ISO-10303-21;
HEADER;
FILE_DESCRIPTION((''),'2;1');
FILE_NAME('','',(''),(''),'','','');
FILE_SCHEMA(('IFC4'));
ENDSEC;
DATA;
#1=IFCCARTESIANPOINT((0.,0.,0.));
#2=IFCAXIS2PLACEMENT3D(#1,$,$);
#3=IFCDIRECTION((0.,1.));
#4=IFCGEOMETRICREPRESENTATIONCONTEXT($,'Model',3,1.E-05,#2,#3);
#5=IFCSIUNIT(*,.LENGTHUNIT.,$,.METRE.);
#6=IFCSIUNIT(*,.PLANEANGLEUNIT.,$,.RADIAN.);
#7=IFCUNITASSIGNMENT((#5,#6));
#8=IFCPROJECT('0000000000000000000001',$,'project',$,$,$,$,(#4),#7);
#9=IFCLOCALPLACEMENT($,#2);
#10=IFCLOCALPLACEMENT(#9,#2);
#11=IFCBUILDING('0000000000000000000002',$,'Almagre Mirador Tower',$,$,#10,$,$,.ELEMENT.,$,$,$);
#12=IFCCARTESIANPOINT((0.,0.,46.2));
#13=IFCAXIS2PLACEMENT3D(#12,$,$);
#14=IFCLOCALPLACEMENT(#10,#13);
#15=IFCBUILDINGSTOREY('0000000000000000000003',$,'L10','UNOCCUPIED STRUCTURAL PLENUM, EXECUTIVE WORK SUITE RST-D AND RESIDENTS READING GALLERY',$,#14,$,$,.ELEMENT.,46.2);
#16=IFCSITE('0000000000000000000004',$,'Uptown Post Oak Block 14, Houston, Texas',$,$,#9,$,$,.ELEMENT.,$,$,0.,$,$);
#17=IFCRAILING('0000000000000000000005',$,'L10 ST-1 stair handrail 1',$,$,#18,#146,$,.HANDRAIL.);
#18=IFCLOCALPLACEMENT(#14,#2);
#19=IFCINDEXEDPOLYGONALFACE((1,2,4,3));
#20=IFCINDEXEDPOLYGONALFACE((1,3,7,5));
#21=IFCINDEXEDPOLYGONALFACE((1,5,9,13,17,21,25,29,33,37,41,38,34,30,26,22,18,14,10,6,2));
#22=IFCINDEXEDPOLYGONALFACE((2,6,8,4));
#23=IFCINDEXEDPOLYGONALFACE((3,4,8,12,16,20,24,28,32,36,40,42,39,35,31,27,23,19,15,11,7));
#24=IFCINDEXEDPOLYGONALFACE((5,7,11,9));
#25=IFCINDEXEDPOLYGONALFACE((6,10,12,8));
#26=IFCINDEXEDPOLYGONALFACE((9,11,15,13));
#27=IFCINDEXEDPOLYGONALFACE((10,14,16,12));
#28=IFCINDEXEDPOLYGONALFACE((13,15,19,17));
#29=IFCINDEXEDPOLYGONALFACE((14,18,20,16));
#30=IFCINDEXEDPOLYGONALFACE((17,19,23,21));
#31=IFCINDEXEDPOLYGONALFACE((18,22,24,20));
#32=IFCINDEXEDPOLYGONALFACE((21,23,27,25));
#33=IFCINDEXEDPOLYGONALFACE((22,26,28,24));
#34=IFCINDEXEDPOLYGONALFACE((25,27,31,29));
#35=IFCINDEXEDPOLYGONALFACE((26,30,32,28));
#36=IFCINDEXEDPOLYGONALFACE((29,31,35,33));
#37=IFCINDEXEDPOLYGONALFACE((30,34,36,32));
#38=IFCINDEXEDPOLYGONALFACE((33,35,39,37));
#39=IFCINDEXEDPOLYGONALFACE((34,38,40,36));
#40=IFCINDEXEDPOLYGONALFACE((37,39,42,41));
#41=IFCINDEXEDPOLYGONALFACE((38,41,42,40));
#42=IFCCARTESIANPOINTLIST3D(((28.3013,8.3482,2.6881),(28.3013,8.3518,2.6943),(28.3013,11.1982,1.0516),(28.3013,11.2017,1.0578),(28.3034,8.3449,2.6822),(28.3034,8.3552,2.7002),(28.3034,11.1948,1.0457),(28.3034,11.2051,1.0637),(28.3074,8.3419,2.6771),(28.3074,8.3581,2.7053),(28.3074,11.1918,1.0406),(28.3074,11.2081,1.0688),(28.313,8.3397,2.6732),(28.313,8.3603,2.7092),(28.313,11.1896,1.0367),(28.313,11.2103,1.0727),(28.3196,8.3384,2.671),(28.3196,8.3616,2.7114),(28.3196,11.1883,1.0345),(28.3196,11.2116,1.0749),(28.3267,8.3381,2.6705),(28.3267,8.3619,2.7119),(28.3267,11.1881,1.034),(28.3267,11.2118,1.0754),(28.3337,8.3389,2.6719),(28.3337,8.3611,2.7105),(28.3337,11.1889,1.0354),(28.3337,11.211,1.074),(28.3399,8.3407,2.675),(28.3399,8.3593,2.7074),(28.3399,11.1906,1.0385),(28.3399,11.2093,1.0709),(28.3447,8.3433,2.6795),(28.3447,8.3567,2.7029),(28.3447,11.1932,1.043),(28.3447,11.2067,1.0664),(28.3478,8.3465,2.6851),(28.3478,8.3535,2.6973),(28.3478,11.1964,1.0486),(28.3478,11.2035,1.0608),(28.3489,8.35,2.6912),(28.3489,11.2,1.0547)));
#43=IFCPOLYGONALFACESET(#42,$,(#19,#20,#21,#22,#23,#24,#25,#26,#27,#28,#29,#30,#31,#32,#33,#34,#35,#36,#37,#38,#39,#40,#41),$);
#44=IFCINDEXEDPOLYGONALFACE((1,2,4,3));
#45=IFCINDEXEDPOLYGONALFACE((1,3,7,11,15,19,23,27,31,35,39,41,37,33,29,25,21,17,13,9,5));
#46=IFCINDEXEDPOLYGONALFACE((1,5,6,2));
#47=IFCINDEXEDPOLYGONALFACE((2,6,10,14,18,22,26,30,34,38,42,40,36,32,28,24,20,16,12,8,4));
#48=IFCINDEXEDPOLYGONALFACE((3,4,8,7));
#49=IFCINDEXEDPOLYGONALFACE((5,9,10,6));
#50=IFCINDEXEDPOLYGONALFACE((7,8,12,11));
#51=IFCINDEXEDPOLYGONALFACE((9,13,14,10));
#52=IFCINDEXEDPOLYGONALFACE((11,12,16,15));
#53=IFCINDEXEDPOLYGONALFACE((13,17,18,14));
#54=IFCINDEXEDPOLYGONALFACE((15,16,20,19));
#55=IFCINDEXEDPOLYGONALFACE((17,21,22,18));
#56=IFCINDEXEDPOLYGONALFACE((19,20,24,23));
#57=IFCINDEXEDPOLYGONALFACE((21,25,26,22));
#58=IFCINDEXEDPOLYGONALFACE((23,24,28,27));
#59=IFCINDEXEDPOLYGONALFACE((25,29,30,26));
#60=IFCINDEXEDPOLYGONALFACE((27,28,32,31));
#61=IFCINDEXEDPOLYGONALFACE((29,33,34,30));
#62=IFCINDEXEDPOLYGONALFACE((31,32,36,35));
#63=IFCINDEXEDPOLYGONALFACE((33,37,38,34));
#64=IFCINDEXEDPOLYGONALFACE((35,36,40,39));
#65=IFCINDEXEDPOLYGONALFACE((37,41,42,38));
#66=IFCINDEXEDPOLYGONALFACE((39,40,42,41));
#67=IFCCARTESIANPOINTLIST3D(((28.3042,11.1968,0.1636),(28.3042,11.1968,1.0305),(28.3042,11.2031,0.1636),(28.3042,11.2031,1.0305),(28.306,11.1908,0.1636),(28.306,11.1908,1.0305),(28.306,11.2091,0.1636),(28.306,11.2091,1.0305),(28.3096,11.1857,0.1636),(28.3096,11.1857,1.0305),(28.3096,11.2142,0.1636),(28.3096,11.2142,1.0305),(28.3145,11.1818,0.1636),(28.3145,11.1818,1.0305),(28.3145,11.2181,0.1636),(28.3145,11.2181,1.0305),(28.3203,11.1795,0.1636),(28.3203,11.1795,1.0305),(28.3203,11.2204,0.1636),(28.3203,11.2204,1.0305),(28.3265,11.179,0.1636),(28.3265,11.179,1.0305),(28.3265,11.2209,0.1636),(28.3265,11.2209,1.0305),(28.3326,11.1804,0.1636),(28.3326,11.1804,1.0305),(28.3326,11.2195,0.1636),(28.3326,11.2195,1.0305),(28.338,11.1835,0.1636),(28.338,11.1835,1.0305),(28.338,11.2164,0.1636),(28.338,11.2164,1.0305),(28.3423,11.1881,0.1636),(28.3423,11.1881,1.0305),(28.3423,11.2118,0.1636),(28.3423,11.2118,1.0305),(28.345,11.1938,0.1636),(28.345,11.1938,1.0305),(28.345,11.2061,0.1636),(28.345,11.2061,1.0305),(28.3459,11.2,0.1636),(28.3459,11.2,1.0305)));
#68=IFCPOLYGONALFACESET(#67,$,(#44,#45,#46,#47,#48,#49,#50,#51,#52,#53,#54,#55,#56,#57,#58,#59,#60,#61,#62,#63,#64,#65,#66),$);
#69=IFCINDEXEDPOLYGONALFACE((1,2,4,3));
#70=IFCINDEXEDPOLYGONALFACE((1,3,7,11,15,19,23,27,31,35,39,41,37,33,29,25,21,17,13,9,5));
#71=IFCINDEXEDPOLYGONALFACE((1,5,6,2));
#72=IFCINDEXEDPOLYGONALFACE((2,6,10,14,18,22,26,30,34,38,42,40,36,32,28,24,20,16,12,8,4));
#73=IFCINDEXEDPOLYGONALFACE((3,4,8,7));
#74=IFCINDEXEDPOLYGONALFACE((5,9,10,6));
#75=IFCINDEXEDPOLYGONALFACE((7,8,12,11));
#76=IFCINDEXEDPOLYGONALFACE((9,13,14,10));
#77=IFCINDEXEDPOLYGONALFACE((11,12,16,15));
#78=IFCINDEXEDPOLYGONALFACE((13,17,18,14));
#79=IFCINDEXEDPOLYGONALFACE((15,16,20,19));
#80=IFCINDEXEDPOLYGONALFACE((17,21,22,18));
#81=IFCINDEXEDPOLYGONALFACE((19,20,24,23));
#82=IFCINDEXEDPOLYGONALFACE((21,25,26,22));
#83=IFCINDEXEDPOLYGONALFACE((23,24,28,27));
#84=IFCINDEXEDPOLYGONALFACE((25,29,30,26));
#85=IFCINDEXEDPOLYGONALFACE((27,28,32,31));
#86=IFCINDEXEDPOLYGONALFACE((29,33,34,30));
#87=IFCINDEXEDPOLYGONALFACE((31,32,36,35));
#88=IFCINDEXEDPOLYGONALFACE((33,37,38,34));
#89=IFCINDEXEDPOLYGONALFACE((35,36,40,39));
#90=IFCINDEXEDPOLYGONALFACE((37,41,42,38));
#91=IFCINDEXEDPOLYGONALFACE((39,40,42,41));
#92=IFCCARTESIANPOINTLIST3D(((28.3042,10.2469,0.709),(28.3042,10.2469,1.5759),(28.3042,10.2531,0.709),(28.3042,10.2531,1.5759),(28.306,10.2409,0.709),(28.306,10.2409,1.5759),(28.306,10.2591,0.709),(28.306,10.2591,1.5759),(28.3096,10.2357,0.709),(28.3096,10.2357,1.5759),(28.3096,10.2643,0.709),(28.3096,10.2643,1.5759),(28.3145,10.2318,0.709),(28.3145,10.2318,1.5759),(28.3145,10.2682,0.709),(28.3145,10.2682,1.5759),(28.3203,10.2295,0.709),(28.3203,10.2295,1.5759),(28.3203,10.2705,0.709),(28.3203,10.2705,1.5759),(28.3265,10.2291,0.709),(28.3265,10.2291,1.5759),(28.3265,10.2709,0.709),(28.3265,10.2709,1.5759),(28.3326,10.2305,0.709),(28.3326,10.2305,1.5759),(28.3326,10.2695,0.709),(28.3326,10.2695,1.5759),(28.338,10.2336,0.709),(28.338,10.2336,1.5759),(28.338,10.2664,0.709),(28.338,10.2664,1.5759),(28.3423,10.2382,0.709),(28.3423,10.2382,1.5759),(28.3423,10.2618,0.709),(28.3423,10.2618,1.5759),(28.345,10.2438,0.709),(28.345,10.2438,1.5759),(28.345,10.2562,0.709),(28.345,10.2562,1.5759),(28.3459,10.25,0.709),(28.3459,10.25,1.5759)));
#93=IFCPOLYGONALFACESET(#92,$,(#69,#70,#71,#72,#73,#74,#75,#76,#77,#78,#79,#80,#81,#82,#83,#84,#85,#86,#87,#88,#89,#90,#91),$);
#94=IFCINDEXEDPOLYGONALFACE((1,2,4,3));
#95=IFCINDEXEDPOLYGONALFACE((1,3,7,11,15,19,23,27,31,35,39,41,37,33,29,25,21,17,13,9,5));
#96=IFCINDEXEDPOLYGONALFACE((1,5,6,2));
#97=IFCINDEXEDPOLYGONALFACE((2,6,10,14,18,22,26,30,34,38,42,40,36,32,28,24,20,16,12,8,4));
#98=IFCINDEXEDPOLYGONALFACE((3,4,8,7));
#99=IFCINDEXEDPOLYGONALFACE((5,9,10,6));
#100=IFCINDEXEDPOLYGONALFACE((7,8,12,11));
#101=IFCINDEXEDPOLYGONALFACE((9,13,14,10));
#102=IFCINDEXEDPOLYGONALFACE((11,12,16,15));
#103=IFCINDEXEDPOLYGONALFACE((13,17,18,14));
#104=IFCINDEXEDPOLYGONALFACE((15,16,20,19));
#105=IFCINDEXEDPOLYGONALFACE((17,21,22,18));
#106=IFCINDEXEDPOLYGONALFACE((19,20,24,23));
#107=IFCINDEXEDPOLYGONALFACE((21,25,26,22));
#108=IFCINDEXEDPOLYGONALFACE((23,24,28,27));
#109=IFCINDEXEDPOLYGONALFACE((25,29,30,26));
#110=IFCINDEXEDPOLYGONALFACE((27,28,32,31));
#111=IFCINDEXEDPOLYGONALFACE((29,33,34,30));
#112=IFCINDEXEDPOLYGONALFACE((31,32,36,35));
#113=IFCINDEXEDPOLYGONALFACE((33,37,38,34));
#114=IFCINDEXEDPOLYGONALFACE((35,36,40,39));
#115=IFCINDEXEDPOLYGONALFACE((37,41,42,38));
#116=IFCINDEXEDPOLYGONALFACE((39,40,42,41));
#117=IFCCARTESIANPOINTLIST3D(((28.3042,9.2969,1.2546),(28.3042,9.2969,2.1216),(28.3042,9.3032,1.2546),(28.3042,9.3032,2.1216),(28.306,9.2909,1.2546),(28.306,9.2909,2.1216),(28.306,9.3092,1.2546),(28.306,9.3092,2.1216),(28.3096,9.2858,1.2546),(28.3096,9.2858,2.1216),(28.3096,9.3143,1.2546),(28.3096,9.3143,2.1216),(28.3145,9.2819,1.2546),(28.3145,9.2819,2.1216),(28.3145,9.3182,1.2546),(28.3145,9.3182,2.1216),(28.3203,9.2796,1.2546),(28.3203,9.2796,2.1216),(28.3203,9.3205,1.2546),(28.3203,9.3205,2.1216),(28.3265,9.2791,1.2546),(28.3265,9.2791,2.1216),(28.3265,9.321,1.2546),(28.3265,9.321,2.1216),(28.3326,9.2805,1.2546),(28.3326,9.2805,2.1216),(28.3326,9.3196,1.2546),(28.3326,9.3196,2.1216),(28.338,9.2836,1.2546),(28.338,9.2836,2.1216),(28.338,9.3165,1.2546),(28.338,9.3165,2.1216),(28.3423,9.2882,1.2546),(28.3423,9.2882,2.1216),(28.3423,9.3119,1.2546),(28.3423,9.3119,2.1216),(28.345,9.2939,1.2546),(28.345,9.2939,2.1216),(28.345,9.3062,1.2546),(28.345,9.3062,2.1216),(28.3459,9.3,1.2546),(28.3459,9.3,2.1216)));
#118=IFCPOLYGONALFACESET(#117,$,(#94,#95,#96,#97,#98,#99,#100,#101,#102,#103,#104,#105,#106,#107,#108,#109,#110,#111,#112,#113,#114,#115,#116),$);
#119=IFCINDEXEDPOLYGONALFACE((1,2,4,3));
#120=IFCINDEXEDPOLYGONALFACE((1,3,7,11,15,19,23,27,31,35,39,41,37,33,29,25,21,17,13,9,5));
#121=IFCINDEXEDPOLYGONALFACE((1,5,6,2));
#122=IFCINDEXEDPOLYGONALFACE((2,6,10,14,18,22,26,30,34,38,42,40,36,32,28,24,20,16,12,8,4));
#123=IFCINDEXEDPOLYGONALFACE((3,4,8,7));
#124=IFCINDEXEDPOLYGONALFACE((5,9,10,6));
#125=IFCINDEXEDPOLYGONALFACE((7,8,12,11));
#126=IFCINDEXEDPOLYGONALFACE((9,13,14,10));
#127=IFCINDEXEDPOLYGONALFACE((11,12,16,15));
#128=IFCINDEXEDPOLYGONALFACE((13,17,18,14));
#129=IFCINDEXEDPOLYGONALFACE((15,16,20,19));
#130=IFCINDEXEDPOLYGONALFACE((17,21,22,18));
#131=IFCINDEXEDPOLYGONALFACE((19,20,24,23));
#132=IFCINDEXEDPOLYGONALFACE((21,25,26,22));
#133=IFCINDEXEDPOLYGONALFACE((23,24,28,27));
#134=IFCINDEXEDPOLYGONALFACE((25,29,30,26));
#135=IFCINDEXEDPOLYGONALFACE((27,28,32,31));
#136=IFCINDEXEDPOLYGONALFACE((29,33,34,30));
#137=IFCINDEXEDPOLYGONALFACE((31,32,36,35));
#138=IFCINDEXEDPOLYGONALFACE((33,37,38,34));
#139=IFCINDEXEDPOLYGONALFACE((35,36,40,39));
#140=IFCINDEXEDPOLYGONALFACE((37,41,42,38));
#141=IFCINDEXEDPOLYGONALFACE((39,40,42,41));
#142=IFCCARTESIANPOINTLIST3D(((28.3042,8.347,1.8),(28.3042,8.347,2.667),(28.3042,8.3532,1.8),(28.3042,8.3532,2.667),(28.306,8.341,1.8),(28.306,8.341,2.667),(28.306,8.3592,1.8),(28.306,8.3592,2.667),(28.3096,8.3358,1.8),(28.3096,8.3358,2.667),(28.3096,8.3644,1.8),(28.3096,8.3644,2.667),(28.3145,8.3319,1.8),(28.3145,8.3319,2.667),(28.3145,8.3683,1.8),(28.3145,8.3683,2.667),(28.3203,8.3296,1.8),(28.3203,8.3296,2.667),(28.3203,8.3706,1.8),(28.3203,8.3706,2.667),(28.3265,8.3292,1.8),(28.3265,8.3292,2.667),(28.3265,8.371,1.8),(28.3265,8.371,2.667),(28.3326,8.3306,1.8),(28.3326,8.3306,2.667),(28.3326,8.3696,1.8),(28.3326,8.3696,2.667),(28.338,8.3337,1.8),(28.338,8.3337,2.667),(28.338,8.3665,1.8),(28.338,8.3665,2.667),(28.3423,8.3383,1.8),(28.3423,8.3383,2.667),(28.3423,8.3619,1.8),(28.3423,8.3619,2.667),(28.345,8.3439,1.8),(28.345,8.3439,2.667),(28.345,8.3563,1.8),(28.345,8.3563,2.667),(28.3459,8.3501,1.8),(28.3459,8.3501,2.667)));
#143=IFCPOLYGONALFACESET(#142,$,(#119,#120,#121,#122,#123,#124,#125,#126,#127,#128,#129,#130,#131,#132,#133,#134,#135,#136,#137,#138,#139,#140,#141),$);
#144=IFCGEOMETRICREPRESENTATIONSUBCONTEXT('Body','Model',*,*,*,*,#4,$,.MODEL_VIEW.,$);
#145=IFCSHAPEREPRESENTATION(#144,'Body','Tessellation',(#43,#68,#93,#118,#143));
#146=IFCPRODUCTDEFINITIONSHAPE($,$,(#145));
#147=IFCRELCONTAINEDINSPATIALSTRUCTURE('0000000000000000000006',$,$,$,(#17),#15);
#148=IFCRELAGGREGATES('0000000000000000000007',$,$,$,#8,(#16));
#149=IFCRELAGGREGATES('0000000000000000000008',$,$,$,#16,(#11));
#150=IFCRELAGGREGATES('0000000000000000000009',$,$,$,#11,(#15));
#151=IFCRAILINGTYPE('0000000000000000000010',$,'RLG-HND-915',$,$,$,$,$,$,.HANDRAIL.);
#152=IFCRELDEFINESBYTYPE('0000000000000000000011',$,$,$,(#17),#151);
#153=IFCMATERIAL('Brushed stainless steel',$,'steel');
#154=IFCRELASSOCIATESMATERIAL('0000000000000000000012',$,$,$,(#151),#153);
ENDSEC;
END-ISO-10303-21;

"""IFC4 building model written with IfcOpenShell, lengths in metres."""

from ifc_helpers import new_model, si_unit, direction, frame, origin, origin_2d, place, context, subcontext, project, spatial, circle, extrude, material, type_object, element, save


model = new_model("IFC4")

# Units and contexts
model_context = context("Model", 3, precision=1e-05, world=origin(), true_north=direction((0.0, 1.0)))
body_context = subcontext(model_context, "Body", "Model", "MODEL_VIEW")
ifc_project = project(units=[si_unit("LENGTHUNIT", "METRE"), si_unit("PLANEANGLEUNIT", "RADIAN")], contexts=[model_context])

# Site, building, storey
site_placement = place(None, origin())
site = spatial("IfcSite", under=ifc_project, at=site_placement, Name="Uptown Post Oak Block 14, Houston, Texas", CompositionType="ELEMENT", RefElevation=0.0)
building_placement = place(site_placement, origin())
building = spatial("IfcBuilding", under=site, at=building_placement, Name="Almagre Mirador Tower", CompositionType="ELEMENT")
storey_placement = place(building_placement, frame((0.0, 0.0, 46.2)))
storey = spatial("IfcBuildingStorey", under=building, at=storey_placement, Name="L10", Description="UNOCCUPIED STRUCTURAL PLENUM, EXECUTIVE WORK SUITE RST-D AND RESIDENTS READING GALLERY", CompositionType="ELEMENT", Elevation=46.2)

# Railing
ifc_material_1 = material(Name="Brushed stainless steel", Category="steel")
railing_type_1 = type_object("IfcRailingType", Name="RLG-HND-915", PredefinedType="HANDRAIL", material=ifc_material_1)
railing_1_placement = place(storey_placement, frame((28.325, 11.2, 0.1636)))
element("IfcRailing", 1, at=railing_1_placement, inside=storey, type_object=railing_type_1, Name="L10 ST-1 stair handrail 1", PredefinedType="HANDRAIL", context=body_context, shape_type="SweptSolid", body=[
    extrude(circle(Radius=0.0239, at=origin_2d()), frame((0.0, 0.0, 0.8911), z_axis=(0.0, -0.867194, 0.49797), x_axis=(1.0, 0.0, 0.0)), (0.0, 0.0, 1.0), 3.2864),
    extrude(circle(Radius=0.021, at=origin_2d()), origin(), (0.0, 0.0, 1.0), 0.8669),
    extrude(circle(Radius=0.021, at=origin_2d()), frame((0.0, -0.95, 0.5454)), (0.0, 0.0, 1.0), 0.8669),
    extrude(circle(Radius=0.021, at=origin_2d()), frame((0.0, -1.8999, 1.0911)), (0.0, 0.0, 1.0), 0.8669),
    extrude(circle(Radius=0.021, at=origin_2d()), frame((0.0, -2.8499, 1.6365)), (0.0, 0.0, 1.0), 0.8669),
])

save(model, "model.ifc")
